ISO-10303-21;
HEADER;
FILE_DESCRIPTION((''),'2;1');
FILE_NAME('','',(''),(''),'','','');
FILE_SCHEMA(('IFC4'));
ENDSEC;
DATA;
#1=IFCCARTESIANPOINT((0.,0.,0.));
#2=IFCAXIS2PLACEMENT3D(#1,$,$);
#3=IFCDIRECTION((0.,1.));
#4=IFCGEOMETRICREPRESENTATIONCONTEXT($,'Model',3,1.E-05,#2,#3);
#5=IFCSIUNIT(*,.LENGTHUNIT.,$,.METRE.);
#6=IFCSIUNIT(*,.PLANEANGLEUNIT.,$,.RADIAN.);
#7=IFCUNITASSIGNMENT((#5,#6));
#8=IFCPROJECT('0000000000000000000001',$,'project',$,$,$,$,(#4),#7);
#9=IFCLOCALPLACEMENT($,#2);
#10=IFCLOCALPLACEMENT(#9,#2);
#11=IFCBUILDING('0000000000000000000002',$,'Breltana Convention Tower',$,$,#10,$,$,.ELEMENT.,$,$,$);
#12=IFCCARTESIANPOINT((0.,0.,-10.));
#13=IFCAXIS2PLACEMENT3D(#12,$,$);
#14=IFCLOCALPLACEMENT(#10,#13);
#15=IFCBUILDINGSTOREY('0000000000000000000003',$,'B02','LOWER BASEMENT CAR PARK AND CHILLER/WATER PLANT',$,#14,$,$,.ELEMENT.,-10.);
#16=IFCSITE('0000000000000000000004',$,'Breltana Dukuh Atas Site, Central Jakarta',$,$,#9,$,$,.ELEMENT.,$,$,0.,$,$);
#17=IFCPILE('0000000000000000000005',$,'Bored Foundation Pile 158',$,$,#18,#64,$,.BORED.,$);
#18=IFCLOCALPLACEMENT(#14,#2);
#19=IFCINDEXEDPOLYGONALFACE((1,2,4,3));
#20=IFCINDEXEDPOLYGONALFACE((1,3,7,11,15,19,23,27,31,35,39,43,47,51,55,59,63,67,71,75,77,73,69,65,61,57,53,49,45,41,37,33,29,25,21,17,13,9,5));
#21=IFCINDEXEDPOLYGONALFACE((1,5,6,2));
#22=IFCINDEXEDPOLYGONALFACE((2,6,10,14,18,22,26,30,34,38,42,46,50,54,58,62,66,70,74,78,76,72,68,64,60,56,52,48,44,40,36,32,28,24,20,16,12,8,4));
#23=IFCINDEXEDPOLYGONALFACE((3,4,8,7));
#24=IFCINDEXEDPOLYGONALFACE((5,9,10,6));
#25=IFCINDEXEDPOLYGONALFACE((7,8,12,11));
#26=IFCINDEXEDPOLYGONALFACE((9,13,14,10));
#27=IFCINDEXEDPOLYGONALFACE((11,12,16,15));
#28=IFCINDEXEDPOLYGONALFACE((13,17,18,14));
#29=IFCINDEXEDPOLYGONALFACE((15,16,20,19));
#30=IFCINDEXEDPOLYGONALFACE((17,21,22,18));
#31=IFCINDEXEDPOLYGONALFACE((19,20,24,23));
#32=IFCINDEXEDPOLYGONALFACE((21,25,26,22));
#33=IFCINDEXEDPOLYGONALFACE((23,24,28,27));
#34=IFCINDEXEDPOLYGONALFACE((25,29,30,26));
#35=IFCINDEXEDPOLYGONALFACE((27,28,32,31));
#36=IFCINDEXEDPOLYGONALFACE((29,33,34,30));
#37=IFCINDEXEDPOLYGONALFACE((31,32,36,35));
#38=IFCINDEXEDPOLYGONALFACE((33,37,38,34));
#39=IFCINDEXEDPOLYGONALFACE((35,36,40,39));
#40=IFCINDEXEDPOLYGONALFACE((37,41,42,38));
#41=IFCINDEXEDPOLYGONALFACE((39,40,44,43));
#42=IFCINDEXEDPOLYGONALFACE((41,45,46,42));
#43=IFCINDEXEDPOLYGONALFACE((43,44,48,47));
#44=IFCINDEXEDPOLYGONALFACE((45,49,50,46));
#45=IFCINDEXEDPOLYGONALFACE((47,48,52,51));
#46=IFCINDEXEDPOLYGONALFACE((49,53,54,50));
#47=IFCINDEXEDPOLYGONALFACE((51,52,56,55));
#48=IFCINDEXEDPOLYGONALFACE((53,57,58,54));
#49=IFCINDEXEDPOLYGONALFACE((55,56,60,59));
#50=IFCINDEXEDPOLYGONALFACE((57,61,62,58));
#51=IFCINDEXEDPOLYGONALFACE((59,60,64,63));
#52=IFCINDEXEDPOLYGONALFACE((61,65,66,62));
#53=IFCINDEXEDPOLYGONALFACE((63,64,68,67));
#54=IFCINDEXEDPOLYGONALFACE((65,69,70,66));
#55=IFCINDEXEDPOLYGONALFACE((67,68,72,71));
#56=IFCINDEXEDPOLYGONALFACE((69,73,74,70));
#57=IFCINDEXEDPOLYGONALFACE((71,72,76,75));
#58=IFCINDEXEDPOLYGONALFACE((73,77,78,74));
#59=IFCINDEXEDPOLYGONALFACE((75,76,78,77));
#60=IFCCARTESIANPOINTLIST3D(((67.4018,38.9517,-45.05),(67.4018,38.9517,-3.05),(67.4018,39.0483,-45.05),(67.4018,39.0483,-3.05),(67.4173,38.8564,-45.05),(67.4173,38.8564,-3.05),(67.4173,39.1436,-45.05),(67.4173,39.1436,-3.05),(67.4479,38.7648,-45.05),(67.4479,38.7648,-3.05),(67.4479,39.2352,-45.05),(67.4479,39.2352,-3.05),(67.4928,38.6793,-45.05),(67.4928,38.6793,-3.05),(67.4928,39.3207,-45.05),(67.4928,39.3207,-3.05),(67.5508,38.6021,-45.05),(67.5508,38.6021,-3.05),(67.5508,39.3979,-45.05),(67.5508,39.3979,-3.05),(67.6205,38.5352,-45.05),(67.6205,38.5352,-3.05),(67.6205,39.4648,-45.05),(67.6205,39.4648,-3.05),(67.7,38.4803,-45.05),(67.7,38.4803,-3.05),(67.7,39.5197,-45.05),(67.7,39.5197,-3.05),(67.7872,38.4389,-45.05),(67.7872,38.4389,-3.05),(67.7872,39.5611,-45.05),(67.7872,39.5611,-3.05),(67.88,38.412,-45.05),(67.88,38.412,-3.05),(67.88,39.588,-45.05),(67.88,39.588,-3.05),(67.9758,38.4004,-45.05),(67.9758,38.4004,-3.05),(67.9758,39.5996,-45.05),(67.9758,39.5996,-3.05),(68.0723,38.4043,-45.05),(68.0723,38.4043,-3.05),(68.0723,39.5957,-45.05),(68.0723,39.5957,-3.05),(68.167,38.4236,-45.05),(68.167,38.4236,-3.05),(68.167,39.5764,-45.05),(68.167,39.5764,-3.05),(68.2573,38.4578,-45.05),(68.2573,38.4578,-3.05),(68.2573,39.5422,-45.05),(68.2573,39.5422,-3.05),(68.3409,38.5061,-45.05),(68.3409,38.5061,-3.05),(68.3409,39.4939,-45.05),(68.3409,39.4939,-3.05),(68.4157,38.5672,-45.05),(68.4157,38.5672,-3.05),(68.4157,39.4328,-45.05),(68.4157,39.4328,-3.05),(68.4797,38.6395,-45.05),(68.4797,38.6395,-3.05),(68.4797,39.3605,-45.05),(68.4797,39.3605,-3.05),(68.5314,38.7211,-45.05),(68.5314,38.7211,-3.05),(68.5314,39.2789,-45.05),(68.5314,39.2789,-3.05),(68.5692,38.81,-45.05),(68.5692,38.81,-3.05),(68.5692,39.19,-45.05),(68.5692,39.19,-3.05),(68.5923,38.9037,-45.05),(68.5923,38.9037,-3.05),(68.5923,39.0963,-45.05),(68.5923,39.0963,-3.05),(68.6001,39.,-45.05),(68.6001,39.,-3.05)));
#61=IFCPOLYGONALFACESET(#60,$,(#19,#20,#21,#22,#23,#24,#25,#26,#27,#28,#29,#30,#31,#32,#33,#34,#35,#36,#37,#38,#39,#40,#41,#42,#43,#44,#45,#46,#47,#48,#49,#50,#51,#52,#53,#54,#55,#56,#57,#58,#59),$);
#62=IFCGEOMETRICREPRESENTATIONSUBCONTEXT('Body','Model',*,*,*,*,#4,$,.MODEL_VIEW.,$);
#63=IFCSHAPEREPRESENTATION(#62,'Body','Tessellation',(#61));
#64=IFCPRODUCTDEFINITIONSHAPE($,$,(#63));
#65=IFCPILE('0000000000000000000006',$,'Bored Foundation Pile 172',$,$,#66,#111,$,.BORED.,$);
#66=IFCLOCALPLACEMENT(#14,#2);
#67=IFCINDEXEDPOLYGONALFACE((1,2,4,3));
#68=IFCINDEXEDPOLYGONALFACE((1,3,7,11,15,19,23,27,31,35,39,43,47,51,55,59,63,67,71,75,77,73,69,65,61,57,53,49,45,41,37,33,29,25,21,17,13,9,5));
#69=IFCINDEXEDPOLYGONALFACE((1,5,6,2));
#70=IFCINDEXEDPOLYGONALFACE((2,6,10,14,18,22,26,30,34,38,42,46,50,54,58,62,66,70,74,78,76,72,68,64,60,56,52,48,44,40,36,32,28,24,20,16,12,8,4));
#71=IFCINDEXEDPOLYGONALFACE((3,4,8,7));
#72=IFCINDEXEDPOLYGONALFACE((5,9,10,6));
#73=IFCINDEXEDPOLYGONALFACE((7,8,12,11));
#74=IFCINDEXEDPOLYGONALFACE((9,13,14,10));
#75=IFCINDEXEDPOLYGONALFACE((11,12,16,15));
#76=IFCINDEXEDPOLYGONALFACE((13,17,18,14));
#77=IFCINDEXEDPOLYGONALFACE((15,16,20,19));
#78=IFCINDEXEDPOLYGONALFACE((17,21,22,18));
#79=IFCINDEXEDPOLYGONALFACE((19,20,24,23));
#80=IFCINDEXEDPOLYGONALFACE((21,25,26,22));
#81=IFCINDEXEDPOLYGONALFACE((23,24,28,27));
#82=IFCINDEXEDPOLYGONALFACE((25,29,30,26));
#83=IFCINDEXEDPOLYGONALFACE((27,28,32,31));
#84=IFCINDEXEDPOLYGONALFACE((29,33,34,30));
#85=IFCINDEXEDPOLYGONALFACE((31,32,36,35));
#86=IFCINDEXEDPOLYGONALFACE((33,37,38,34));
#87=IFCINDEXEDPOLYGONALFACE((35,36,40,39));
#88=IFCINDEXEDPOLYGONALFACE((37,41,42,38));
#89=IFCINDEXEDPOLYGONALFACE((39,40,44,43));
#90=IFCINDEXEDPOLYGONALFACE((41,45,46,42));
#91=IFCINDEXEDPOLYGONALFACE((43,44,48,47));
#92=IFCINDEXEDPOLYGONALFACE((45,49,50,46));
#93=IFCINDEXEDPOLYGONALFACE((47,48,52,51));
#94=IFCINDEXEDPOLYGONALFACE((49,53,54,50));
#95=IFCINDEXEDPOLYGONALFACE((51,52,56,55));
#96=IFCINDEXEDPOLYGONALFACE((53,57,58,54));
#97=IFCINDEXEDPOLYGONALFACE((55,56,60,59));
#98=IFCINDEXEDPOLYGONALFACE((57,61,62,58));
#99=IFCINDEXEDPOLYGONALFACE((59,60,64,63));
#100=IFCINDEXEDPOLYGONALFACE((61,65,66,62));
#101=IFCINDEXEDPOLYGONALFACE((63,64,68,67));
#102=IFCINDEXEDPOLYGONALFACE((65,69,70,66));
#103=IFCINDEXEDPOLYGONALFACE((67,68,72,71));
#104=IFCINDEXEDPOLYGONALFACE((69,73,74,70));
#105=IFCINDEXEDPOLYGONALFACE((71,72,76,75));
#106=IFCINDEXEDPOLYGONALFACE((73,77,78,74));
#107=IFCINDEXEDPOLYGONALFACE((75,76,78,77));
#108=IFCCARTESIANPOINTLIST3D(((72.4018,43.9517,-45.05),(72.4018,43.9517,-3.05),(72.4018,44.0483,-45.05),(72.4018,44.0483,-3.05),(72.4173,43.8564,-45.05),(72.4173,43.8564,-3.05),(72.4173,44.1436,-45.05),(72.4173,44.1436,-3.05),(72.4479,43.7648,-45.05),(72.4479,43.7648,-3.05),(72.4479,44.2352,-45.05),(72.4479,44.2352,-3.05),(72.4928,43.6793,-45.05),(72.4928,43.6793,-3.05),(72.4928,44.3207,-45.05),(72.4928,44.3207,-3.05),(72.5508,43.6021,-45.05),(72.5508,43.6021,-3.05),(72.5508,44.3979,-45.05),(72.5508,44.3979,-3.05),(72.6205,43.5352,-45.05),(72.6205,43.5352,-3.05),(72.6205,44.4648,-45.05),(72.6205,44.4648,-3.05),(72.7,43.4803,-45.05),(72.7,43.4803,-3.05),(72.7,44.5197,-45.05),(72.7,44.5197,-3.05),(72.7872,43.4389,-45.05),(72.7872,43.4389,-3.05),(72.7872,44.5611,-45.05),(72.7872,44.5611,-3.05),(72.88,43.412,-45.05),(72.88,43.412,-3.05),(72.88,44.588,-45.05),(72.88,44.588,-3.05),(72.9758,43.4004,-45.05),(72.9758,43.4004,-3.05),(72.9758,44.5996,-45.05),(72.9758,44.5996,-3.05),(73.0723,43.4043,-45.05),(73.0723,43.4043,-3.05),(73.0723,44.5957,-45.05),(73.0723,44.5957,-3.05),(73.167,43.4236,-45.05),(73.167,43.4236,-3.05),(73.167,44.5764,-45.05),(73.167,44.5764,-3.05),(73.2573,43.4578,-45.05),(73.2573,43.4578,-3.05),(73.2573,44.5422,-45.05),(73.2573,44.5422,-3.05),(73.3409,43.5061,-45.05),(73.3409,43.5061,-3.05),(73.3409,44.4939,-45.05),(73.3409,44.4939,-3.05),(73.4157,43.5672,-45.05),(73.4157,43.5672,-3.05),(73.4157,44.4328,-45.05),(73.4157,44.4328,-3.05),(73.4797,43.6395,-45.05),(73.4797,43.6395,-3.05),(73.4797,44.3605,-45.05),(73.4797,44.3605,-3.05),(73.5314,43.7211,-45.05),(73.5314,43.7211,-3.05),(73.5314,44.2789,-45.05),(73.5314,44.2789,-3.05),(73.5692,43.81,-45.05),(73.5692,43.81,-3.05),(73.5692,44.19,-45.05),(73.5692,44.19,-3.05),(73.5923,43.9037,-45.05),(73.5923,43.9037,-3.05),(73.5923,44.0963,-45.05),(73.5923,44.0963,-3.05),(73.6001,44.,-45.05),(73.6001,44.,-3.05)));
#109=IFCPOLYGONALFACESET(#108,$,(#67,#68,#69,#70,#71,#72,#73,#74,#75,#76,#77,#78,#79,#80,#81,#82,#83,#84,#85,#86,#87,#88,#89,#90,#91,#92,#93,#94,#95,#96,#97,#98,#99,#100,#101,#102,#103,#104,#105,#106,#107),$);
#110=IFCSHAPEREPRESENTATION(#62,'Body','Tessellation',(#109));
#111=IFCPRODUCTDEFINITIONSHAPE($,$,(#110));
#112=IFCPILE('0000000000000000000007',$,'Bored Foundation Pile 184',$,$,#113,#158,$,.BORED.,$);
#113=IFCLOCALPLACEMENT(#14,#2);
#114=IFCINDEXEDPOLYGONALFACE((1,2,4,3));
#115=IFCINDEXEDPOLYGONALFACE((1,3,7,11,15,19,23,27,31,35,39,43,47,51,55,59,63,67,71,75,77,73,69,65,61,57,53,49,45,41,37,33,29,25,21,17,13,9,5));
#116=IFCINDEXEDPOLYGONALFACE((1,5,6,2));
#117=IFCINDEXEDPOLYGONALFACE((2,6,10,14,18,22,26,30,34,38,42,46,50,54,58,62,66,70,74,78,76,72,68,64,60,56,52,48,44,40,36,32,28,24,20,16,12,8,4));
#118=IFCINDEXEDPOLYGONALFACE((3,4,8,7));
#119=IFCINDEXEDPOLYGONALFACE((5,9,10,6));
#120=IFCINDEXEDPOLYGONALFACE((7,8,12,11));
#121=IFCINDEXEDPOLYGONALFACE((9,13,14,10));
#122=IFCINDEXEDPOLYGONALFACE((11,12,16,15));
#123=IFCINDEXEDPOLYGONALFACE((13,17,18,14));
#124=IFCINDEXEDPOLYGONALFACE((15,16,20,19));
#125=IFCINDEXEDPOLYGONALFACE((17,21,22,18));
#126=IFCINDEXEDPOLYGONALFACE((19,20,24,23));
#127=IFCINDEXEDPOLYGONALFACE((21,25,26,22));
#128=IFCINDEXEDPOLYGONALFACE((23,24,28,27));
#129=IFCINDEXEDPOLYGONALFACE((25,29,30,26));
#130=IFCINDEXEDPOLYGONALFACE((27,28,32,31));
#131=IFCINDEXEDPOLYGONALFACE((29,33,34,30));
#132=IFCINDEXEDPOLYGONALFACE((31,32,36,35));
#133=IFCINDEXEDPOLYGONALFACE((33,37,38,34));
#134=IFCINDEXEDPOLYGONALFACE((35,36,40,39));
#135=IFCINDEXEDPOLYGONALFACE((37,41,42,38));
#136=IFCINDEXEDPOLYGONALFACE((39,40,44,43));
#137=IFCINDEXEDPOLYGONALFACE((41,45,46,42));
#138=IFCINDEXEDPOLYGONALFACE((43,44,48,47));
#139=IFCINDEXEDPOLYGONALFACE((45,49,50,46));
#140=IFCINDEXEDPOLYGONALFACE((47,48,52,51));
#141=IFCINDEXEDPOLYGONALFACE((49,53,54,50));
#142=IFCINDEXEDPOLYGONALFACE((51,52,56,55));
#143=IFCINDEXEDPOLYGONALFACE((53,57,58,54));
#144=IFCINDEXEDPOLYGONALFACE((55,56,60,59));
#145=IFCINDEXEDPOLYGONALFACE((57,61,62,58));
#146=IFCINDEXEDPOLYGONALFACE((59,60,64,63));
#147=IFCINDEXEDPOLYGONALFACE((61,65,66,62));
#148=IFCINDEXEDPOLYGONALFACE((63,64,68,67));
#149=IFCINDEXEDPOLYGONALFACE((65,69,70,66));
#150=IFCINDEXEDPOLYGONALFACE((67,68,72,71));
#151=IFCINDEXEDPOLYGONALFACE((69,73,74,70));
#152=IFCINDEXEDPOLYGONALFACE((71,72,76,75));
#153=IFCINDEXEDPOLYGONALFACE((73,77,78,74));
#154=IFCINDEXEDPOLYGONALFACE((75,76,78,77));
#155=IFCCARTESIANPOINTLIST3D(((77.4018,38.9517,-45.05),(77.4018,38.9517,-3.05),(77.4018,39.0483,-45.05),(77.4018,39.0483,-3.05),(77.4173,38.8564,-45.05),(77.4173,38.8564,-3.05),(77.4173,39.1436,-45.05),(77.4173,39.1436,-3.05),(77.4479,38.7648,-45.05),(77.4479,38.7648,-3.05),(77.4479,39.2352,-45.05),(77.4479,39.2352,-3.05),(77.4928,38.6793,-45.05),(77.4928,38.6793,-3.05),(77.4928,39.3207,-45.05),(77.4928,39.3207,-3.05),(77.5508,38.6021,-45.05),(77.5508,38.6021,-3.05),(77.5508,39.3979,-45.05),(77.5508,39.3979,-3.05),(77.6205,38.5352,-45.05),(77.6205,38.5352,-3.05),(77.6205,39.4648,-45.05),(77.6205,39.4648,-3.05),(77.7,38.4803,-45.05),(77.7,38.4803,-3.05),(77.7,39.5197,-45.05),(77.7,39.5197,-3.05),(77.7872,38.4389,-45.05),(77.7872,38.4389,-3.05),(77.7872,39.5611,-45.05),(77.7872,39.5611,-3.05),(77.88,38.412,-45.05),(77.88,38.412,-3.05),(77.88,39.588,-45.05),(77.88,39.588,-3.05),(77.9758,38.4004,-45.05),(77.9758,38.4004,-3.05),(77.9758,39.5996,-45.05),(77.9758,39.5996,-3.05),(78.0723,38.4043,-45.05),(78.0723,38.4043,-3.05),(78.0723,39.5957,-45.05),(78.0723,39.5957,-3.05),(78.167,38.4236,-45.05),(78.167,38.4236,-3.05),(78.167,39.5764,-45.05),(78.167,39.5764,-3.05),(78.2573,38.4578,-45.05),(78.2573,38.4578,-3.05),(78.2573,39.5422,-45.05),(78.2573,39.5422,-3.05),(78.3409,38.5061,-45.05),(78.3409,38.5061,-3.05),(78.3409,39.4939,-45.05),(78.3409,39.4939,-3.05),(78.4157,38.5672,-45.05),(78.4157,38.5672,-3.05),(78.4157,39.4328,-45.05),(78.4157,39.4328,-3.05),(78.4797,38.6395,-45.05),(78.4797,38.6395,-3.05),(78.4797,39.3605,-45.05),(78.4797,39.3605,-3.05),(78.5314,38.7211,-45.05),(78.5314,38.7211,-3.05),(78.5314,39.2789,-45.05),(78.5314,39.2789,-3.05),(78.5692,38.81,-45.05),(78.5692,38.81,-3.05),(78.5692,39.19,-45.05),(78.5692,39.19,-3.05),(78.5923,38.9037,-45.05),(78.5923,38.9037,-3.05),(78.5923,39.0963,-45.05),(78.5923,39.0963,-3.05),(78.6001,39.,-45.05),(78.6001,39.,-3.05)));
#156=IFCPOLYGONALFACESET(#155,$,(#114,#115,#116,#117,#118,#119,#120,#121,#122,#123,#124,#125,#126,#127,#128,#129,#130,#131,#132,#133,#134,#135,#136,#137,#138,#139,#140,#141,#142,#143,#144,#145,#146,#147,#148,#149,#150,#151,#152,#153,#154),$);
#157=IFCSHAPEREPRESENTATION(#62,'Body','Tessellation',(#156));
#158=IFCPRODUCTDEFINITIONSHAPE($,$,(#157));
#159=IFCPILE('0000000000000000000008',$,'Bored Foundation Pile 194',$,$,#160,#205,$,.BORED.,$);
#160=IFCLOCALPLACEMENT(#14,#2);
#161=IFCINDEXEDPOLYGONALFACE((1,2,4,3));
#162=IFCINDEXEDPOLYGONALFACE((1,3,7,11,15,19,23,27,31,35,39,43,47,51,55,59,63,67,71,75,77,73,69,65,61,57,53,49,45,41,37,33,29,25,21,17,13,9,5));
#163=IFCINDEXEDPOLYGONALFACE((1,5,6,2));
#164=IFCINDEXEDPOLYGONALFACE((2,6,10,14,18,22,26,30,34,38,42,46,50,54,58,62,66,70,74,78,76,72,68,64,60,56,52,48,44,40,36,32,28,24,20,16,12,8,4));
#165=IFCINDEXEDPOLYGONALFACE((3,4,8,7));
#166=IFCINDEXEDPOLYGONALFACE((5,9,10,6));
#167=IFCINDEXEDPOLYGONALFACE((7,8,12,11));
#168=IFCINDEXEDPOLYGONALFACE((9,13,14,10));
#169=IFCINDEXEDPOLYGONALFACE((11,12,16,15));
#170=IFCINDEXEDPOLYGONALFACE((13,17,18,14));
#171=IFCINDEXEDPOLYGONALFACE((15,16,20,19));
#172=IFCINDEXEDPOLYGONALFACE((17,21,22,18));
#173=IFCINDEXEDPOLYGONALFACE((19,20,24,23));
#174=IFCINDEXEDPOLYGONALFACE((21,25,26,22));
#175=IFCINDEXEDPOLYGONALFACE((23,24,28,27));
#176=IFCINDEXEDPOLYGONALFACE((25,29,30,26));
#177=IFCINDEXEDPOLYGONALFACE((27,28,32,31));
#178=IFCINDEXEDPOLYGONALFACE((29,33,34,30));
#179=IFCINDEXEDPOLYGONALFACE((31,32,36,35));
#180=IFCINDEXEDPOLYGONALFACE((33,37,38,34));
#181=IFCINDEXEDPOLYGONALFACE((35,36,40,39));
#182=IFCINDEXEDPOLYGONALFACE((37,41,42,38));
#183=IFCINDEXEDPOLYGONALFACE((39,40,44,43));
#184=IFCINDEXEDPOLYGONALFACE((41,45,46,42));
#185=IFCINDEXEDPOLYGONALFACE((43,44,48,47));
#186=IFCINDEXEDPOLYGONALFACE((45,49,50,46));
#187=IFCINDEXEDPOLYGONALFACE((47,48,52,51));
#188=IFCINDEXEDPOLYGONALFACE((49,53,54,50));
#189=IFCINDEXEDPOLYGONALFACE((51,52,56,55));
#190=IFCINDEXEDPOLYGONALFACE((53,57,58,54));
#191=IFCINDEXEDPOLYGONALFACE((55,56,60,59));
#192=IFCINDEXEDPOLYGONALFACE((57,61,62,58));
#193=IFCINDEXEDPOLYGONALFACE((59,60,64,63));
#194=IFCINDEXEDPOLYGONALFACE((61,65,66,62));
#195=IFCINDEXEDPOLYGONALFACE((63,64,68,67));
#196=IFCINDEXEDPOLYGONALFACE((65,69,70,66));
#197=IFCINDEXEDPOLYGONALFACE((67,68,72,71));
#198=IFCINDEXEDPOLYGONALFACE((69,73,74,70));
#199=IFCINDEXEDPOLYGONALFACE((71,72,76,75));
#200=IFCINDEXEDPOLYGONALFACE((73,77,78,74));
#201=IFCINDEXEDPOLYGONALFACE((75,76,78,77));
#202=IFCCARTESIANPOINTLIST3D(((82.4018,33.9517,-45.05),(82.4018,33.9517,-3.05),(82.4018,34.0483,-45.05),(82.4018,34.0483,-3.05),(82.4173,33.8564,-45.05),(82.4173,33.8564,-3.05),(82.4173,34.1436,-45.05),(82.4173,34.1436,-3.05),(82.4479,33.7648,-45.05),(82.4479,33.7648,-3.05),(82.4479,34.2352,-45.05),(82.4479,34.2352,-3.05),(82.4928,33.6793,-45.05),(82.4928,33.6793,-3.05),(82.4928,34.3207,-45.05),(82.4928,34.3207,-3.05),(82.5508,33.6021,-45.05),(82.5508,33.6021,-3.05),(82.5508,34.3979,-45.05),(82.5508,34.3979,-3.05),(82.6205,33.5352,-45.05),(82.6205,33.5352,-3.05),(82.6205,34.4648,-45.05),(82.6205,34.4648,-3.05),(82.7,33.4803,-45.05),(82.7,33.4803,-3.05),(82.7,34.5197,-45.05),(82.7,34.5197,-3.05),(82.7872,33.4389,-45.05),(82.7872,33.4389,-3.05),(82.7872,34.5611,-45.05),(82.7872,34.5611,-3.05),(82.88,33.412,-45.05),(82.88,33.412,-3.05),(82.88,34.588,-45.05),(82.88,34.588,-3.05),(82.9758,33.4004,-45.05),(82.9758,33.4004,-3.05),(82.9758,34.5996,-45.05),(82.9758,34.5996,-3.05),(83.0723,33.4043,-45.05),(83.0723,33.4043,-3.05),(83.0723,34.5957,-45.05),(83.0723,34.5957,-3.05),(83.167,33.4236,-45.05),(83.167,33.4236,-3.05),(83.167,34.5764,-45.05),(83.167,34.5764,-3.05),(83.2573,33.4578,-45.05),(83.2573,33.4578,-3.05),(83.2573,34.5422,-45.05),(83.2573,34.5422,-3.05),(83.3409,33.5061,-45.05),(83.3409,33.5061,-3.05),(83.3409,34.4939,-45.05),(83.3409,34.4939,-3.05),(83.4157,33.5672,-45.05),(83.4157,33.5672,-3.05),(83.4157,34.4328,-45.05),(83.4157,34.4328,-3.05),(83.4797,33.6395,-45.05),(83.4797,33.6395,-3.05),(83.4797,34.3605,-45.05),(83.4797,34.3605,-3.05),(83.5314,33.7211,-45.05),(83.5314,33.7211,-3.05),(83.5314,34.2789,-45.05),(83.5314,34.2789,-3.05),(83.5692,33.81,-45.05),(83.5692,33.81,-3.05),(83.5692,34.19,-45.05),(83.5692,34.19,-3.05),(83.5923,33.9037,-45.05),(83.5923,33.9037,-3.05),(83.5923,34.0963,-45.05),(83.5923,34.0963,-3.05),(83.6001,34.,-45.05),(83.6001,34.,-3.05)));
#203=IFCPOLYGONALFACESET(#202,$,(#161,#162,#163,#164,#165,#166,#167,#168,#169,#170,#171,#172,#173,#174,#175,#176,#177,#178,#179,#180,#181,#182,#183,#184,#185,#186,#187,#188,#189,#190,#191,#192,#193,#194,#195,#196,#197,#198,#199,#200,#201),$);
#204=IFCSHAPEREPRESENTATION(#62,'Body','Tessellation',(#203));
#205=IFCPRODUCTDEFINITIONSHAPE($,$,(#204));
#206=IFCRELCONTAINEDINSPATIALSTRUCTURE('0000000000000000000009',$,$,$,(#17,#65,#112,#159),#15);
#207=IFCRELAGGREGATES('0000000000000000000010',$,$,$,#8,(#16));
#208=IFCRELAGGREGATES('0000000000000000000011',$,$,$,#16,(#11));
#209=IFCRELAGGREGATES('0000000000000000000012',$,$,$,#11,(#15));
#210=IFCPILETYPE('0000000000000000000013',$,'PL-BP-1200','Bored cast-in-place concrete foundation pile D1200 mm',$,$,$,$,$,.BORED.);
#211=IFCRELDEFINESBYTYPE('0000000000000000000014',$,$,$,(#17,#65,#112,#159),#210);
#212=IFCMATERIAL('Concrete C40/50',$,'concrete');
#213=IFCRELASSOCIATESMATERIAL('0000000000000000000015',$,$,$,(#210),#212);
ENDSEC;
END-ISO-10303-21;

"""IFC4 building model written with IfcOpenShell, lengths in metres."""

from ifc_helpers import new_model, si_unit, direction, frame, origin, origin_2d, place, context, subcontext, project, spatial, circle, extrude, source, transform, mapped, material, material_profile, profile_set, type_object, type_shapes, element, save


model = new_model("IFC4")

# Units and contexts
model_context = context("Model", 3, precision=1e-05, world=origin(), true_north=direction((0.0, 1.0)))
body_context = subcontext(model_context, "Body", "Model", "MODEL_VIEW")
ifc_project = project(units=[si_unit("LENGTHUNIT", "METRE"), si_unit("PLANEANGLEUNIT", "RADIAN")], contexts=[model_context])

# Site, building, storey
site_placement = place(None, origin())
site = spatial("IfcSite", under=ifc_project, at=site_placement, Name="Breltana Dukuh Atas Site, Central Jakarta", CompositionType="ELEMENT", RefElevation=0.0)
building_placement = place(site_placement, origin())
building = spatial("IfcBuilding", under=site, at=building_placement, Name="Breltana Convention Tower", CompositionType="ELEMENT")
storey_placement = place(building_placement, frame((0.0, 0.0, -10.0)))
storey = spatial("IfcBuildingStorey", under=building, at=storey_placement, Name="B02", Description="LOWER BASEMENT CAR PARK AND CHILLER/WATER PLANT", CompositionType="ELEMENT", Elevation=-10.0)

# Piles
ifc_material_1 = material(Name="Concrete C40/50", Category="concrete")
ifc_material_profile_1 = material_profile(ifc_material_1, circle(Radius=0.6001, at=origin_2d()), Name="BP-D1200")
ifc_profile_set_1 = profile_set([ifc_material_profile_1], Name="Concrete C40/50")
pile_type_1 = type_object("IfcPileType", Name="PL-BP-1200", Description="Bored cast-in-place concrete foundation pile D1200 mm", PredefinedType="BORED", material=ifc_profile_set_1)
shared_shape_1 = source(origin(), body_context, "Body", "SweptSolid", [
    extrude(circle(Radius=0.6001, at=origin_2d()), origin(), (0.0, 0.0, 1.0), 42.0),
])
type_shapes(pile_type_1, [shared_shape_1])
for number, where, z_axis, x_axis, name in (
    (1, (68.0, 39.0, -3.05), (0.0, 0.0, -1.0), (1.0, 0.0, 0.0), "Bored Foundation Pile 158"),
    (2, (73.0, 44.0, -3.05), (0.0, 0.0, -1.0), (1.0, 0.0, 0.0), "Bored Foundation Pile 172"),
    (3, (78.0, 39.0, -3.05), (0.0, 0.0, -1.0), (1.0, 0.0, 0.0), "Bored Foundation Pile 184"),
    (4, (83.0, 34.0, -3.05), (0.0, 0.0, -1.0), (1.0, 0.0, 0.0), "Bored Foundation Pile 194"),
):
    element("IfcPile", number, at=place(storey_placement, frame(where, z_axis=z_axis, x_axis=x_axis)), inside=storey, type_object=pile_type_1, Name=name, PredefinedType="BORED", context=body_context, shape_type="MappedRepresentation", body=[
        mapped(shared_shape_1, transform((0.0, 0.0, 0.0), scale=1.0)),
    ])

save(model, "model.ifc")
